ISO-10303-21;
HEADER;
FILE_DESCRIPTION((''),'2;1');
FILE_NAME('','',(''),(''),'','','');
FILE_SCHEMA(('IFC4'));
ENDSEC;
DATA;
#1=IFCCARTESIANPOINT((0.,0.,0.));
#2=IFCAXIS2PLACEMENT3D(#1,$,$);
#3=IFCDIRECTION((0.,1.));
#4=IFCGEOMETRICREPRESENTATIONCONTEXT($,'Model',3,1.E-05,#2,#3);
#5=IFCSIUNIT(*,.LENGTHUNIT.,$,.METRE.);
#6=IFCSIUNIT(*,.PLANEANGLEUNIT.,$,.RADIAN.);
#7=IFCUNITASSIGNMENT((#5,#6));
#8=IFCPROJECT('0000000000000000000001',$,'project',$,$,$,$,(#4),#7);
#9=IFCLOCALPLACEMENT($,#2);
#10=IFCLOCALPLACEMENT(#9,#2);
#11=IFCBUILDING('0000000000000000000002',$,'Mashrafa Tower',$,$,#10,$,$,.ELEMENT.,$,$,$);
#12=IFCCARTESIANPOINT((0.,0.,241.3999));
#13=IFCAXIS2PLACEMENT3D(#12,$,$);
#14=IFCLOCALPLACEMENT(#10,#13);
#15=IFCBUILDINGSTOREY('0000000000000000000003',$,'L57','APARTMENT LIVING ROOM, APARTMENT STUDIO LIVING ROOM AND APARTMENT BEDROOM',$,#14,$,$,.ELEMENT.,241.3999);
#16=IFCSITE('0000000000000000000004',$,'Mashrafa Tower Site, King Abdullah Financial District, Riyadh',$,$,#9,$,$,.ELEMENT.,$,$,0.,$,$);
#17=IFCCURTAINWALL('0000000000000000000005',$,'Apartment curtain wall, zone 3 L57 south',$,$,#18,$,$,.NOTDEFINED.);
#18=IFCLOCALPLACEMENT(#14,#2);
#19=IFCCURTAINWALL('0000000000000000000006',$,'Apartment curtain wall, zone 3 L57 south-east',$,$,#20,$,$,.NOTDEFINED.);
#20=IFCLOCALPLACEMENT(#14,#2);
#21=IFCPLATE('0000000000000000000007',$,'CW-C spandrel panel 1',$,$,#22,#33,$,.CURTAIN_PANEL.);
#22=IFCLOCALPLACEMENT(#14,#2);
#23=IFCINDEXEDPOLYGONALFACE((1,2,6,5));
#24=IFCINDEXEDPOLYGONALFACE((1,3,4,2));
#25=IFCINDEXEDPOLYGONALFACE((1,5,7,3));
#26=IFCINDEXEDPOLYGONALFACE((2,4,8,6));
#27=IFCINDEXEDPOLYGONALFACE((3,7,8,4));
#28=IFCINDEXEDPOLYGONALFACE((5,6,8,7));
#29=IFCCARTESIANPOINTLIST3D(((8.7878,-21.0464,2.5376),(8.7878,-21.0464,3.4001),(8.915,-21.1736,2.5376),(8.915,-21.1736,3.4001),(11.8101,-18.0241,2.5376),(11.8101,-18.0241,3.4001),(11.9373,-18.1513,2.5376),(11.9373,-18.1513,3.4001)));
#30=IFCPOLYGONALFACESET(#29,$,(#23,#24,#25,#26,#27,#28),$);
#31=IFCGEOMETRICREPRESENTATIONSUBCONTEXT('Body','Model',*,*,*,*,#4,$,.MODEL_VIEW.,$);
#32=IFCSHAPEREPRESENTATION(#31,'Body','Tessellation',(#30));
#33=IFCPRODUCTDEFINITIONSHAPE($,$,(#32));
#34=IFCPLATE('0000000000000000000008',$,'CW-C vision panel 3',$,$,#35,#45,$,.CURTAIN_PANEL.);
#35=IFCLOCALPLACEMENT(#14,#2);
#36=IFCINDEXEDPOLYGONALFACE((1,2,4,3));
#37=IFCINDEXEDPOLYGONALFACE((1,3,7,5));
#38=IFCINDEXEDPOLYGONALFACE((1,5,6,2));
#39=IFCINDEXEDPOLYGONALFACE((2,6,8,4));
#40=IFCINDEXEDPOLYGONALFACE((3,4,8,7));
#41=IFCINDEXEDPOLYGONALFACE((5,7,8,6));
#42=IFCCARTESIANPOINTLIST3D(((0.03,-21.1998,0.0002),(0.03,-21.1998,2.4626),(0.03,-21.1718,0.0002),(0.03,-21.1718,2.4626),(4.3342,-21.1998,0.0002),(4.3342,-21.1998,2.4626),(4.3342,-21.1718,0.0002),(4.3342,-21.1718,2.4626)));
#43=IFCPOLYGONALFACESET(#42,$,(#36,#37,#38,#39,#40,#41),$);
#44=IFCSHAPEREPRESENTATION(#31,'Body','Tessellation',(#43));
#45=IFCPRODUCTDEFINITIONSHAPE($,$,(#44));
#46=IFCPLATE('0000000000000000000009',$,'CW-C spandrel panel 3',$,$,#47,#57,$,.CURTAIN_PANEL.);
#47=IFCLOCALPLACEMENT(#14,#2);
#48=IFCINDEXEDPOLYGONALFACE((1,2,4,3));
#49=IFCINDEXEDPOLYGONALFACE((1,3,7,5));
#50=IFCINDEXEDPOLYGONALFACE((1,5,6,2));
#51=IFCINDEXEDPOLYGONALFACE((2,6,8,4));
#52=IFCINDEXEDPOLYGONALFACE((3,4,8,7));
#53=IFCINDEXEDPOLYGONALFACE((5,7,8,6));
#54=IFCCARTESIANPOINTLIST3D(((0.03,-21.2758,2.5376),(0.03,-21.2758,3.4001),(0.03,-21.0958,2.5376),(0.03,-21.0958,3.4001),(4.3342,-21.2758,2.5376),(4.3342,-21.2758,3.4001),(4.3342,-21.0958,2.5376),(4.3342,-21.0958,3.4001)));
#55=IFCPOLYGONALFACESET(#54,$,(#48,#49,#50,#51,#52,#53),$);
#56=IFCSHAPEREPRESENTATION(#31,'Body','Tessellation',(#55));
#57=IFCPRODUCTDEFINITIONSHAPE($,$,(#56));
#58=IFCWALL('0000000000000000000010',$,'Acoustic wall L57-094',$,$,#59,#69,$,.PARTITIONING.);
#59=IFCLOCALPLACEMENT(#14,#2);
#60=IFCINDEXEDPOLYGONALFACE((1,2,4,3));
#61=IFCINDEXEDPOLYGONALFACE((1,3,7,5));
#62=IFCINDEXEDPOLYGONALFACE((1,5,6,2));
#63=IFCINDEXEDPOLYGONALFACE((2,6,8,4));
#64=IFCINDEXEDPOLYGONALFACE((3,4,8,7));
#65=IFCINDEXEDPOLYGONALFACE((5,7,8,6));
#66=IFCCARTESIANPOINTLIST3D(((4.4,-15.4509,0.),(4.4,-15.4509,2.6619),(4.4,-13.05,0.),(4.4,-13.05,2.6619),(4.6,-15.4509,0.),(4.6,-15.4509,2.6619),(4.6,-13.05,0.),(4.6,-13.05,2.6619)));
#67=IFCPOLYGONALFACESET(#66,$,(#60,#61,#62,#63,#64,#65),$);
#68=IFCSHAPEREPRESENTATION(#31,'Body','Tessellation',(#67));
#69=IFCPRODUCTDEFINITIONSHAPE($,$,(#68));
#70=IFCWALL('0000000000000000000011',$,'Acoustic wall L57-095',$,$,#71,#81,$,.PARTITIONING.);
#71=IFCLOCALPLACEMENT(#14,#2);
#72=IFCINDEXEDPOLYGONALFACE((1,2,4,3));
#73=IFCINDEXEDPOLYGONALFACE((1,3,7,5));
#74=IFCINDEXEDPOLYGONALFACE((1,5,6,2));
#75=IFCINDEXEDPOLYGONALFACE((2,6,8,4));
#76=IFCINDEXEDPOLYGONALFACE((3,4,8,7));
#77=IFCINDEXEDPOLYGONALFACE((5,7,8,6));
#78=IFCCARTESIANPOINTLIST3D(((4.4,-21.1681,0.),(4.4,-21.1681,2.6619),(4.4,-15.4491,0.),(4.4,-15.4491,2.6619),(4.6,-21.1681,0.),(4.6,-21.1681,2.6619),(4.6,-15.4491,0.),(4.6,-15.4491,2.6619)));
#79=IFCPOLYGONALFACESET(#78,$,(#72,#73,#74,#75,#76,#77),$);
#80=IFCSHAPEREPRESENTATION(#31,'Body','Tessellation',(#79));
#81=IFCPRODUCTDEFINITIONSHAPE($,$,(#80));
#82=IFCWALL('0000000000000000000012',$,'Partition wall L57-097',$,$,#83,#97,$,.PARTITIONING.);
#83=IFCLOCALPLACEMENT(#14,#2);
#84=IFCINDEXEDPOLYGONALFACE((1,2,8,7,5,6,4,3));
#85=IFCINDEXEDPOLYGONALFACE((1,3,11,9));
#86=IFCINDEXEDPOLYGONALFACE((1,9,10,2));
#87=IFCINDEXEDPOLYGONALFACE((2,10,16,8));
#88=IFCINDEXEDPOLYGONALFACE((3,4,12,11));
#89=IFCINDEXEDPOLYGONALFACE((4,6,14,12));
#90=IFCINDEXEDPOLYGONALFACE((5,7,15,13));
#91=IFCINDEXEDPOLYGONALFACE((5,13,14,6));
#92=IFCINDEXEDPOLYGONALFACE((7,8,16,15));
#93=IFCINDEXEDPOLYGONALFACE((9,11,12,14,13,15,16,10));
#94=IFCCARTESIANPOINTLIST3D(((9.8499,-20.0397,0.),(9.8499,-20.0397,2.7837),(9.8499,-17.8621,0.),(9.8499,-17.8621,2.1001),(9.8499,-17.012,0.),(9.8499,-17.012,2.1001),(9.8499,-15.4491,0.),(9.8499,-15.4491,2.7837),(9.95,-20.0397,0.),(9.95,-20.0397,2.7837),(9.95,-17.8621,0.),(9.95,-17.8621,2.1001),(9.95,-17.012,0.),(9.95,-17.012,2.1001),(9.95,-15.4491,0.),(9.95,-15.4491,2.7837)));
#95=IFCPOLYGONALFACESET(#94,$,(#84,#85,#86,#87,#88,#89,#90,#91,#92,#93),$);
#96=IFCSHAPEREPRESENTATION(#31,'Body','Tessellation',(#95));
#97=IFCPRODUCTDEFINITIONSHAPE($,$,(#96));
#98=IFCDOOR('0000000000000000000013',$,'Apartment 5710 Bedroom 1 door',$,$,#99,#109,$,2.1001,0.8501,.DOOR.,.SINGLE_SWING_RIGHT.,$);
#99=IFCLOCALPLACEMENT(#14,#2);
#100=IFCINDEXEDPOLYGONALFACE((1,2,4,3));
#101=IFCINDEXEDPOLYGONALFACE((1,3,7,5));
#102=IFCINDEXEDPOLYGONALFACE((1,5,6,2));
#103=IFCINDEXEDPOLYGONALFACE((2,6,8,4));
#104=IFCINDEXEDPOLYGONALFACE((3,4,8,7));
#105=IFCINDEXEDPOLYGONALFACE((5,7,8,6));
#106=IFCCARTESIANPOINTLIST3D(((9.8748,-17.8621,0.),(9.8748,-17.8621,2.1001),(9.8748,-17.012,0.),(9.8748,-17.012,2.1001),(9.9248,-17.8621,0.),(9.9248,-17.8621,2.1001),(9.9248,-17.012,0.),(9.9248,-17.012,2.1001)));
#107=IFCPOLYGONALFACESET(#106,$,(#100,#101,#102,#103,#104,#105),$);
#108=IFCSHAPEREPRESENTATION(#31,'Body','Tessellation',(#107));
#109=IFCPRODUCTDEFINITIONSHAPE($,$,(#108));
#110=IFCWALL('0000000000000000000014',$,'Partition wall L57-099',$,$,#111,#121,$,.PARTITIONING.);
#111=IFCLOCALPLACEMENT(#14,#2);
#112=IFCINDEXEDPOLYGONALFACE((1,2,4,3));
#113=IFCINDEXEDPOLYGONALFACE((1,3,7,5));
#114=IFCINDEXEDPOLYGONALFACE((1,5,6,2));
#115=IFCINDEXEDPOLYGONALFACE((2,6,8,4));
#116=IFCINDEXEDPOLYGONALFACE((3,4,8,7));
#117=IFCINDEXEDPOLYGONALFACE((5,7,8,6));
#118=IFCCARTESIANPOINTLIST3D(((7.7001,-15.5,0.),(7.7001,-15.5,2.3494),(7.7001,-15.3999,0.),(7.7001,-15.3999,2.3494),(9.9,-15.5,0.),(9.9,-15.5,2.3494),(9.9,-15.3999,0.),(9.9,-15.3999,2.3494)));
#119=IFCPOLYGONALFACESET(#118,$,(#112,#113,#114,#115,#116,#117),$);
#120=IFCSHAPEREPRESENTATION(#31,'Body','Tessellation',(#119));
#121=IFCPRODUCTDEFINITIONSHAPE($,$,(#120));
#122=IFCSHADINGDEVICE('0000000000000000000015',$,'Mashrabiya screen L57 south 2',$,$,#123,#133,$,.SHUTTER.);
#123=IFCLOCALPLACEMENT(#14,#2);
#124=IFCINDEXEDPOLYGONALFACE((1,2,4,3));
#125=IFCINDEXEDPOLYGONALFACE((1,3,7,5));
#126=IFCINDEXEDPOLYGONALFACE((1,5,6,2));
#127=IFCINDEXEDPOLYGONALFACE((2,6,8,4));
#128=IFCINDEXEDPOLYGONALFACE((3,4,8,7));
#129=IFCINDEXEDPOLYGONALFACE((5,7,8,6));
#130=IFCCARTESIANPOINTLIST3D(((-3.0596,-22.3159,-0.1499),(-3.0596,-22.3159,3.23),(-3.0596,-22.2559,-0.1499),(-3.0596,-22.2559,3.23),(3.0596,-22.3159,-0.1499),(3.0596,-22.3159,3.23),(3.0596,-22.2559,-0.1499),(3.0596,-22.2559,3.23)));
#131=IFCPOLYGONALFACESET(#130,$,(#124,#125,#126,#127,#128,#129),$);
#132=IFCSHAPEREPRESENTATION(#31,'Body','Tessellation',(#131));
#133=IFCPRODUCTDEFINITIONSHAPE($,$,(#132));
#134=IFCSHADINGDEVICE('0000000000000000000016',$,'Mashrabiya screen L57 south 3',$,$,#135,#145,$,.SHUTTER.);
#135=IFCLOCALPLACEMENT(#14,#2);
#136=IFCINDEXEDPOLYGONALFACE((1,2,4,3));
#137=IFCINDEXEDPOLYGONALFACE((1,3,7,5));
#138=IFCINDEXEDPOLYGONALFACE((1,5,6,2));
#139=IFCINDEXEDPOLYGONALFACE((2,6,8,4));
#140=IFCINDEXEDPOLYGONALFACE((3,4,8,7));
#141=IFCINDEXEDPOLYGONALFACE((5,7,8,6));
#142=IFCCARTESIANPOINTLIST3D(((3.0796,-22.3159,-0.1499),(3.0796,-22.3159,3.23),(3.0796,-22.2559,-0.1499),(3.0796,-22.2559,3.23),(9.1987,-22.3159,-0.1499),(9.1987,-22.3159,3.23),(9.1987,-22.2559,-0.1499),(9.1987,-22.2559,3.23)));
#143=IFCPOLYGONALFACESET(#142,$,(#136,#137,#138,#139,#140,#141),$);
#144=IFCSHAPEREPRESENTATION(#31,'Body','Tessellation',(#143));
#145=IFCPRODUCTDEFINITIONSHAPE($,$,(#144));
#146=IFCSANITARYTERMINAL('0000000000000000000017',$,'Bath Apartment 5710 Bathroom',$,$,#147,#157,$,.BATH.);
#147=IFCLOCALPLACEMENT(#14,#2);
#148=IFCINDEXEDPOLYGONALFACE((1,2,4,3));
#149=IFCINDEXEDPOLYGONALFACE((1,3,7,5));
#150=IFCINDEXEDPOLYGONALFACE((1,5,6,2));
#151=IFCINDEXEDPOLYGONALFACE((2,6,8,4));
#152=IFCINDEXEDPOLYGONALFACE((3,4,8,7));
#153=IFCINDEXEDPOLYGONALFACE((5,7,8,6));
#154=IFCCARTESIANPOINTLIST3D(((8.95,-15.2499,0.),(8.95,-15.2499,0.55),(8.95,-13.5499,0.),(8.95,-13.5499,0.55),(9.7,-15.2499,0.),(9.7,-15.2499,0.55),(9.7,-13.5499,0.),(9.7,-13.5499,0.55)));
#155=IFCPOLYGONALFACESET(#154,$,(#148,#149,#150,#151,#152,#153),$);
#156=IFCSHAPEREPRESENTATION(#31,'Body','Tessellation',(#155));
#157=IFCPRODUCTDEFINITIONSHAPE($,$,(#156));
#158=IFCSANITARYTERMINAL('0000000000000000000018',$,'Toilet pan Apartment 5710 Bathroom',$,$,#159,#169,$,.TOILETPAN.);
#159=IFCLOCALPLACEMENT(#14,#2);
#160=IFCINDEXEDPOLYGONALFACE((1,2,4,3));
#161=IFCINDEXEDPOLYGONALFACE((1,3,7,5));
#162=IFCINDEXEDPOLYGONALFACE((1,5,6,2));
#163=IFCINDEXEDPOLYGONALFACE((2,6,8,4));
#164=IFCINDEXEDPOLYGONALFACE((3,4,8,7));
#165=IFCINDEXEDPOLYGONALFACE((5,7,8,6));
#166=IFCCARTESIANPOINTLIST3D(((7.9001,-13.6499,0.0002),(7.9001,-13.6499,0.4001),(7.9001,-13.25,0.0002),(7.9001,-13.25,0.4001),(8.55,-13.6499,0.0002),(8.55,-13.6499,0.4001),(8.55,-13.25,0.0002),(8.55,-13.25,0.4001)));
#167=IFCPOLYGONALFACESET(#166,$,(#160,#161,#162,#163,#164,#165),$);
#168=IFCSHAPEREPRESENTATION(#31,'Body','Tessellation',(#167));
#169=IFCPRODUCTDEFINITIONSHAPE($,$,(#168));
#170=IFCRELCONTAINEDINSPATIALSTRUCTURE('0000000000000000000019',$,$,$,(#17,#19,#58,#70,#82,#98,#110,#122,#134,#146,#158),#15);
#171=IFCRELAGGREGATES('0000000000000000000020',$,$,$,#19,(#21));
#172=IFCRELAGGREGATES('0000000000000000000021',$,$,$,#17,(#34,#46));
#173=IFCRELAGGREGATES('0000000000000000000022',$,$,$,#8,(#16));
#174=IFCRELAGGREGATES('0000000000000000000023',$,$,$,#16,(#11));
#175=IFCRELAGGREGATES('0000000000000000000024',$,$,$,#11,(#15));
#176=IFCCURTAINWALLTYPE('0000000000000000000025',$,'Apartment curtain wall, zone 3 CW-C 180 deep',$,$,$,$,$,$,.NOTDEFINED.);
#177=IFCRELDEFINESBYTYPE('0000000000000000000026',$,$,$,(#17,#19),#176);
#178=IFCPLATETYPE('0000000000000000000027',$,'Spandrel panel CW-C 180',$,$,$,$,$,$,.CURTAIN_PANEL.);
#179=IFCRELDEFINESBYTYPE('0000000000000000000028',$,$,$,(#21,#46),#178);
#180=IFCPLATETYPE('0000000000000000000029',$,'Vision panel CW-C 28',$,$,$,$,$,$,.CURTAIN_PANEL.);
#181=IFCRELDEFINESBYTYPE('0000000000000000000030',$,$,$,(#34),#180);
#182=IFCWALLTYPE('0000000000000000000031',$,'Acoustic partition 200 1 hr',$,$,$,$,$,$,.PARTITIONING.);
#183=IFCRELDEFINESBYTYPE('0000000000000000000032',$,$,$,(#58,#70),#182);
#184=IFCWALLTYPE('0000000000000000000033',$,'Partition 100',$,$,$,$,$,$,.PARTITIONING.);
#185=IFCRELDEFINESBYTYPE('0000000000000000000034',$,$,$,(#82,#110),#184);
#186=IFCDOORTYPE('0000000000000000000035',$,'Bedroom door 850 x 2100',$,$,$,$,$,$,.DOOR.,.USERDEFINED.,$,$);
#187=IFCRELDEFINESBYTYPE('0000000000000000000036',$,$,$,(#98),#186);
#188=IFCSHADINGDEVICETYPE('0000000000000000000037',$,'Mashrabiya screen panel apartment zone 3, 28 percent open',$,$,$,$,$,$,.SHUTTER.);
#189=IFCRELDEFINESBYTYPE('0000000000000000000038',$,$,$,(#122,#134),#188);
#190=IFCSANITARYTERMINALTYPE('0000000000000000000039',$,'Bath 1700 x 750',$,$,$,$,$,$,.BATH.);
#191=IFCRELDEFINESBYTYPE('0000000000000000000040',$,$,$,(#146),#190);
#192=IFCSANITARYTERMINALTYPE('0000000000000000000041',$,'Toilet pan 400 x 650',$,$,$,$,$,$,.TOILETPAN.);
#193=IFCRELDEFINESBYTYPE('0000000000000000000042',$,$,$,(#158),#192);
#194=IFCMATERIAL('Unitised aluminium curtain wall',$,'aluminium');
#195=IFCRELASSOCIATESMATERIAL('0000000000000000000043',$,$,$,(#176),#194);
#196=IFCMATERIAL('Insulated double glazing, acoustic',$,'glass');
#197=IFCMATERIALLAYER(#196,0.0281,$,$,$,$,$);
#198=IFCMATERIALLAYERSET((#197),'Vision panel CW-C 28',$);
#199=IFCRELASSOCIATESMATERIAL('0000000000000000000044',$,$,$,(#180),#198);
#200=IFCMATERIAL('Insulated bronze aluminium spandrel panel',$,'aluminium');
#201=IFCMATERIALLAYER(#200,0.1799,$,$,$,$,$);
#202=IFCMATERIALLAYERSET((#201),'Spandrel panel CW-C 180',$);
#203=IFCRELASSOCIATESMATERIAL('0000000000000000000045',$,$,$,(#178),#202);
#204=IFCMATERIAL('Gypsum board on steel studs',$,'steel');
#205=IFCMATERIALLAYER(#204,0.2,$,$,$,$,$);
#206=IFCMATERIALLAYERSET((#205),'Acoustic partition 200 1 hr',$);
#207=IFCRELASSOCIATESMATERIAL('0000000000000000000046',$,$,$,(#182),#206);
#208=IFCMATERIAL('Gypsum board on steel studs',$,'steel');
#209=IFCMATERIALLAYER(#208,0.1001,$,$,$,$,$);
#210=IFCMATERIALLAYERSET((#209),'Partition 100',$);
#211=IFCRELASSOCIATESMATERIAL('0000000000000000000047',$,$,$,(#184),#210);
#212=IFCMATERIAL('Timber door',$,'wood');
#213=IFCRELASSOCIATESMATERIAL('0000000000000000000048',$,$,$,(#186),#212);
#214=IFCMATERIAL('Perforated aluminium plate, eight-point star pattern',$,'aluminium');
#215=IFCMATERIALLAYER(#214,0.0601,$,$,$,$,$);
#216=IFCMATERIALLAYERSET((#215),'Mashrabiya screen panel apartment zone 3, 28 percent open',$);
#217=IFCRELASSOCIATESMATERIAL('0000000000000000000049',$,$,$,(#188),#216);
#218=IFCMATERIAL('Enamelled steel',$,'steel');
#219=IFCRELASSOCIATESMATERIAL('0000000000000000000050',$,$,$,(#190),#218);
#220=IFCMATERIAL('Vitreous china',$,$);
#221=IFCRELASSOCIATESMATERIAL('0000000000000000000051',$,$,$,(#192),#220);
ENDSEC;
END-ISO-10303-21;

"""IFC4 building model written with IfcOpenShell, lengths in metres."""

from ifc_helpers import new_model, si_unit, direction, frame, frame_2d, origin, origin_2d, place, context, subcontext, project, spatial, rectangle, extrude, source, transform, mapped, material, layer, layer_set, type_object, type_shapes, element, fill, aggregate, save


model = new_model("IFC4")

# Units and contexts
model_context = context("Model", 3, precision=1e-05, world=origin(), true_north=direction((0.0, 1.0)))
body_context = subcontext(model_context, "Body", "Model", "MODEL_VIEW")
ifc_project = project(units=[si_unit("LENGTHUNIT", "METRE"), si_unit("PLANEANGLEUNIT", "RADIAN")], contexts=[model_context])

# Site, building, storey
site_placement = place(None, origin())
site = spatial("IfcSite", under=ifc_project, at=site_placement, Name="Mashrafa Tower Site, King Abdullah Financial District, Riyadh", CompositionType="ELEMENT", RefElevation=0.0)
building_placement = place(site_placement, origin())
building = spatial("IfcBuilding", under=site, at=building_placement, Name="Mashrafa Tower", CompositionType="ELEMENT")
storey_placement = place(building_placement, frame((0.0, 0.0, 241.3999)))
storey = spatial("IfcBuildingStorey", under=building, at=storey_placement, Name="L57", Description="APARTMENT LIVING ROOM, APARTMENT STUDIO LIVING ROOM AND APARTMENT BEDROOM", CompositionType="ELEMENT", Elevation=241.3999)

# Curtain wall
ifc_material_1 = material(Name="Unitised aluminium curtain wall", Category="aluminium")
curtain_wall_type = type_object("IfcCurtainWallType", Name="Apartment curtain wall, zone 3 CW-C 180 deep", PredefinedType="NOTDEFINED", material=ifc_material_1)
curtain_wall_1_placement = place(storey_placement, origin())
curtain_wall_1 = element("IfcCurtainWall", 1, at=curtain_wall_1_placement, inside=storey, type_object=curtain_wall_type, Name="Apartment curtain wall, zone 3 L57 south", PredefinedType="NOTDEFINED")

# Curtain wall
curtain_wall_2_placement = place(storey_placement, origin())
curtain_wall_2 = element("IfcCurtainWall", 2, at=curtain_wall_2_placement, inside=storey, type_object=curtain_wall_type, Name="Apartment curtain wall, zone 3 L57 south-east", PredefinedType="NOTDEFINED")

# Plates
ifc_material_2 = material(Name="Insulated double glazing, acoustic", Category="glass")
ifc_layer_1 = layer(ifc_material_2, 0.0281)
ifc_layer_set_1 = layer_set([ifc_layer_1], Name="Vision panel CW-C 28")
plate_type_1 = type_object("IfcPlateType", Name="Vision panel CW-C 28", PredefinedType="CURTAIN_PANEL", material=ifc_layer_set_1)
ifc_material_3 = material(Name="Insulated bronze aluminium spandrel panel", Category="aluminium")
ifc_layer_2 = layer(ifc_material_3, 0.1799)
ifc_layer_set_2 = layer_set([ifc_layer_2], Name="Spandrel panel CW-C 180")
plate_type_2 = type_object("IfcPlateType", Name="Spandrel panel CW-C 180", PredefinedType="CURTAIN_PANEL", material=ifc_layer_set_2)
shared_shape_1 = source(origin(), body_context, "Body", "SweptSolid", [
    extrude(rectangle(XDim=4.2742, YDim=0.1799, at=origin_2d()), origin(), (0.0, 0.0, 1.0), 0.8625),
])
plate_1_placement = place(storey_placement, frame((10.3625, -19.5989, 2.5376), z_axis=(0.0, 0.0, 1.0), x_axis=(0.707107, 0.707107, 0.0)))
plate_1 = element("IfcPlate", 3, at=plate_1_placement, type_object=plate_type_2, Name="CW-C spandrel panel 1", PredefinedType="CURTAIN_PANEL", context=body_context, shape_type="MappedRepresentation", body=[
    mapped(shared_shape_1, transform((0.0, 0.0, 0.0))),
])
aggregate(curtain_wall_2, [plate_1])
shared_shape_2 = source(origin(), body_context, "Body", "SweptSolid", [
    extrude(rectangle(XDim=4.3042, YDim=0.0281, at=origin_2d()), origin(), (0.0, 0.0, 1.0), 2.4624),
])
plate_2_placement = place(storey_placement, frame((2.1821, -21.1858, 0.0002), z_axis=(0.0, 0.0, 1.0), x_axis=(1.0, 0.0, 0.0)))
plate_2 = element("IfcPlate", 4, at=plate_2_placement, type_object=plate_type_1, Name="CW-C vision panel 3", PredefinedType="CURTAIN_PANEL", context=body_context, shape_type="MappedRepresentation", body=[
    mapped(shared_shape_2, transform((0.0, 0.0, 0.0))),
])
shared_shape_3 = source(origin(), body_context, "Body", "SweptSolid", [
    extrude(rectangle(XDim=4.3042, YDim=0.1799, at=origin_2d()), origin(), (0.0, 0.0, 1.0), 0.8625),
])
type_shapes(plate_type_2, [shared_shape_1, shared_shape_3])
plate_3_placement = place(storey_placement, frame((2.1821, -21.1858, 2.5376), z_axis=(0.0, 0.0, 1.0), x_axis=(1.0, 0.0, 0.0)))
plate_3 = element("IfcPlate", 5, at=plate_3_placement, type_object=plate_type_2, Name="CW-C spandrel panel 3", PredefinedType="CURTAIN_PANEL", context=body_context, shape_type="MappedRepresentation", body=[
    mapped(shared_shape_3, transform((0.0, 0.0, 0.0))),
])
aggregate(curtain_wall_1, [plate_2, plate_3])

# Walls
ifc_material_4 = material(Name="Gypsum board on steel studs", Category="steel")
ifc_layer_3 = layer(ifc_material_4, 0.2)
ifc_layer_set_3 = layer_set([ifc_layer_3], Name="Acoustic partition 200 1 hr")
wall_type_1 = type_object("IfcWallType", Name="Acoustic partition 200 1 hr", PredefinedType="PARTITIONING", material=ifc_layer_set_3)
wall_1_placement = place(storey_placement, frame((4.5, -15.4509, 0.0), z_axis=(0.0, 0.0, 1.0), x_axis=(0.0, 1.0, 0.0)))
element("IfcWall", 6, at=wall_1_placement, inside=storey, type_object=wall_type_1, Name="Acoustic wall L57-094", PredefinedType="PARTITIONING", context=body_context, shape_type="SweptSolid", body=[
    extrude(rectangle(XDim=2.4009, YDim=0.2, at=frame_2d((1.2004, 0.0))), origin(), (0.0, 0.0, 1.0), 2.6619),
])
wall_2_placement = place(storey_placement, frame((4.5, -21.168, 0.0), z_axis=(0.0, 0.0, 1.0), x_axis=(0.0, 1.0, 0.0)))
element("IfcWall", 7, at=wall_2_placement, inside=storey, type_object=wall_type_1, Name="Acoustic wall L57-095", PredefinedType="PARTITIONING", context=body_context, shape_type="SweptSolid", body=[
    extrude(rectangle(XDim=5.719, YDim=0.2, at=frame_2d((2.8594, 0.0))), origin(), (0.0, 0.0, 1.0), 2.6619),
])

# Wall, opening, door
ifc_material_5 = material(Name="Gypsum board on steel studs", Category="steel")
ifc_layer_4 = layer(ifc_material_5, 0.1001)
ifc_layer_set_4 = layer_set([ifc_layer_4], Name="Partition 100")
wall_type_2 = type_object("IfcWallType", Name="Partition 100", PredefinedType="PARTITIONING", material=ifc_layer_set_4)
wall_3_placement = place(storey_placement, frame((9.8999, -15.449, 0.0), z_axis=(0.0, 0.0, 1.0), x_axis=(0.0, -1.0, 0.0)))
wall_3 = element("IfcWall", 8, at=wall_3_placement, inside=storey, type_object=wall_type_2, Name="Partition wall L57-097", PredefinedType="PARTITIONING", context=body_context, shape_type="SweptSolid", body=[
    extrude(rectangle(XDim=4.5906, YDim=0.1001, at=frame_2d((2.2954, 0.0))), origin(), (0.0, 0.0, 1.0), 2.7837),
])
opening_placement = place(wall_3_placement, frame((1.563, 0.0, 0.0)))
opening = element("IfcOpeningElement", 9, at=opening_placement, cuts=wall_3, PredefinedType="OPENING", context=body_context, shape_type="SweptSolid", body=[
    extrude(rectangle(XDim=0.8501, YDim=2.1001, at=frame_2d((0.425, 1.05))), frame((0.0, 0.0601, 0.0), z_axis=(0.0, -1.0, 0.0), x_axis=(1.0, 0.0, 0.0)), (0.0, 0.0, 1.0), 0.1201),
])
ifc_material_6 = material(Name="Timber door", Category="wood")
door_type = type_object("IfcDoorType", Name="Bedroom door 850 x 2100", OperationType="USERDEFINED", PredefinedType="DOOR", material=ifc_material_6)
door_placement = place(opening_placement, origin())
door = element("IfcDoor", 10, at=door_placement, inside=storey, type_object=door_type, Name="Apartment 5710 Bedroom 1 door", OperationType="SINGLE_SWING_RIGHT", OverallHeight=2.1001, OverallWidth=0.8501, PredefinedType="DOOR", context=body_context, shape_type="SweptSolid", body=[
    extrude(rectangle(XDim=0.8501, YDim=2.1001, at=frame_2d((0.425, 1.05))), frame((0.0, 0.0249, 0.0), z_axis=(0.0, -1.0, 0.0), x_axis=(1.0, 0.0, 0.0)), (0.0, 0.0, 1.0), 0.05),
])
fill(opening, door)

# Wall
wall_4_placement = place(storey_placement, frame((7.7, -15.45, 0.0), z_axis=(0.0, 0.0, 1.0), x_axis=(1.0, 0.0, 0.0)))
element("IfcWall", 11, at=wall_4_placement, inside=storey, type_object=wall_type_2, Name="Partition wall L57-099", PredefinedType="PARTITIONING", context=body_context, shape_type="SweptSolid", body=[
    extrude(rectangle(XDim=2.2, YDim=0.1001, at=frame_2d((1.1001, 0.0))), origin(), (0.0, 0.0, 1.0), 2.3494),
])

# Shading devices
ifc_material_7 = material(Name="Perforated aluminium plate, eight-point star pattern", Category="aluminium")
ifc_layer_5 = layer(ifc_material_7, 0.0601)
ifc_layer_set_5 = layer_set([ifc_layer_5], Name="Mashrabiya screen panel apartment zone 3, 28 percent open")
shading_device_type = type_object("IfcShadingDeviceType", Name="Mashrabiya screen panel apartment zone 3, 28 percent open", PredefinedType="SHUTTER", material=ifc_layer_set_5)
shared_shape_4 = source(origin(), body_context, "Body", "SweptSolid", [
    extrude(rectangle(XDim=6.1191, YDim=0.0601, at=origin_2d()), origin(), (0.0, 0.0, 1.0), 3.3799),
])
type_shapes(shading_device_type, [shared_shape_4])
for number, where, z_axis, x_axis, name in (
    (12, (0.0, -22.2859, -0.1499), (0.0, 0.0, 1.0), (1.0, 0.0, 0.0), "Mashrabiya screen L57 south 2"),
    (13, (6.1392, -22.2859, -0.1499), (0.0, 0.0, 1.0), (1.0, 0.0, 0.0), "Mashrabiya screen L57 south 3"),
):
    element("IfcShadingDevice", number, at=place(storey_placement, frame(where, z_axis=z_axis, x_axis=x_axis)), inside=storey, type_object=shading_device_type, Name=name, PredefinedType="SHUTTER", context=body_context, shape_type="MappedRepresentation", body=[
        mapped(shared_shape_4, transform((0.0, 0.0, 0.0))),
    ])

# Sanitary terminals
ifc_material_8 = material(Name="Enamelled steel", Category="steel")
sanitary_terminal_type_1 = type_object("IfcSanitaryTerminalType", Name="Bath 1700 x 750", PredefinedType="BATH", material=ifc_material_8)
sanitary_terminal_1_placement = place(storey_placement, frame((9.325, -14.3999, 0.0), z_axis=(0.0, 0.0, 1.0), x_axis=(0.0, 1.0, 0.0)))
element("IfcSanitaryTerminal", 14, at=sanitary_terminal_1_placement, inside=storey, type_object=sanitary_terminal_type_1, Name="Bath Apartment 5710 Bathroom", PredefinedType="BATH", context=body_context, shape_type="SweptSolid", body=[
    extrude(rectangle(XDim=1.7, YDim=0.75, at=origin_2d()), origin(), (0.0, 0.0, 1.0), 0.55),
])
ifc_material_9 = material(Name="Vitreous china")
sanitary_terminal_type_2 = type_object("IfcSanitaryTerminalType", Name="Toilet pan 400 x 650", PredefinedType="TOILETPAN", material=ifc_material_9)
sanitary_terminal_2_placement = place(storey_placement, frame((8.2251, -13.45, 0.0002), z_axis=(0.0, 0.0, 1.0), x_axis=(0.0, -1.0, 0.0)))
element("IfcSanitaryTerminal", 15, at=sanitary_terminal_2_placement, inside=storey, type_object=sanitary_terminal_type_2, Name="Toilet pan Apartment 5710 Bathroom", PredefinedType="TOILETPAN", context=body_context, shape_type="SweptSolid", body=[
    extrude(rectangle(XDim=0.3999, YDim=0.6499, at=origin_2d()), origin(), (0.0, 0.0, 1.0), 0.3999),
])

save(model, "model.ifc")
